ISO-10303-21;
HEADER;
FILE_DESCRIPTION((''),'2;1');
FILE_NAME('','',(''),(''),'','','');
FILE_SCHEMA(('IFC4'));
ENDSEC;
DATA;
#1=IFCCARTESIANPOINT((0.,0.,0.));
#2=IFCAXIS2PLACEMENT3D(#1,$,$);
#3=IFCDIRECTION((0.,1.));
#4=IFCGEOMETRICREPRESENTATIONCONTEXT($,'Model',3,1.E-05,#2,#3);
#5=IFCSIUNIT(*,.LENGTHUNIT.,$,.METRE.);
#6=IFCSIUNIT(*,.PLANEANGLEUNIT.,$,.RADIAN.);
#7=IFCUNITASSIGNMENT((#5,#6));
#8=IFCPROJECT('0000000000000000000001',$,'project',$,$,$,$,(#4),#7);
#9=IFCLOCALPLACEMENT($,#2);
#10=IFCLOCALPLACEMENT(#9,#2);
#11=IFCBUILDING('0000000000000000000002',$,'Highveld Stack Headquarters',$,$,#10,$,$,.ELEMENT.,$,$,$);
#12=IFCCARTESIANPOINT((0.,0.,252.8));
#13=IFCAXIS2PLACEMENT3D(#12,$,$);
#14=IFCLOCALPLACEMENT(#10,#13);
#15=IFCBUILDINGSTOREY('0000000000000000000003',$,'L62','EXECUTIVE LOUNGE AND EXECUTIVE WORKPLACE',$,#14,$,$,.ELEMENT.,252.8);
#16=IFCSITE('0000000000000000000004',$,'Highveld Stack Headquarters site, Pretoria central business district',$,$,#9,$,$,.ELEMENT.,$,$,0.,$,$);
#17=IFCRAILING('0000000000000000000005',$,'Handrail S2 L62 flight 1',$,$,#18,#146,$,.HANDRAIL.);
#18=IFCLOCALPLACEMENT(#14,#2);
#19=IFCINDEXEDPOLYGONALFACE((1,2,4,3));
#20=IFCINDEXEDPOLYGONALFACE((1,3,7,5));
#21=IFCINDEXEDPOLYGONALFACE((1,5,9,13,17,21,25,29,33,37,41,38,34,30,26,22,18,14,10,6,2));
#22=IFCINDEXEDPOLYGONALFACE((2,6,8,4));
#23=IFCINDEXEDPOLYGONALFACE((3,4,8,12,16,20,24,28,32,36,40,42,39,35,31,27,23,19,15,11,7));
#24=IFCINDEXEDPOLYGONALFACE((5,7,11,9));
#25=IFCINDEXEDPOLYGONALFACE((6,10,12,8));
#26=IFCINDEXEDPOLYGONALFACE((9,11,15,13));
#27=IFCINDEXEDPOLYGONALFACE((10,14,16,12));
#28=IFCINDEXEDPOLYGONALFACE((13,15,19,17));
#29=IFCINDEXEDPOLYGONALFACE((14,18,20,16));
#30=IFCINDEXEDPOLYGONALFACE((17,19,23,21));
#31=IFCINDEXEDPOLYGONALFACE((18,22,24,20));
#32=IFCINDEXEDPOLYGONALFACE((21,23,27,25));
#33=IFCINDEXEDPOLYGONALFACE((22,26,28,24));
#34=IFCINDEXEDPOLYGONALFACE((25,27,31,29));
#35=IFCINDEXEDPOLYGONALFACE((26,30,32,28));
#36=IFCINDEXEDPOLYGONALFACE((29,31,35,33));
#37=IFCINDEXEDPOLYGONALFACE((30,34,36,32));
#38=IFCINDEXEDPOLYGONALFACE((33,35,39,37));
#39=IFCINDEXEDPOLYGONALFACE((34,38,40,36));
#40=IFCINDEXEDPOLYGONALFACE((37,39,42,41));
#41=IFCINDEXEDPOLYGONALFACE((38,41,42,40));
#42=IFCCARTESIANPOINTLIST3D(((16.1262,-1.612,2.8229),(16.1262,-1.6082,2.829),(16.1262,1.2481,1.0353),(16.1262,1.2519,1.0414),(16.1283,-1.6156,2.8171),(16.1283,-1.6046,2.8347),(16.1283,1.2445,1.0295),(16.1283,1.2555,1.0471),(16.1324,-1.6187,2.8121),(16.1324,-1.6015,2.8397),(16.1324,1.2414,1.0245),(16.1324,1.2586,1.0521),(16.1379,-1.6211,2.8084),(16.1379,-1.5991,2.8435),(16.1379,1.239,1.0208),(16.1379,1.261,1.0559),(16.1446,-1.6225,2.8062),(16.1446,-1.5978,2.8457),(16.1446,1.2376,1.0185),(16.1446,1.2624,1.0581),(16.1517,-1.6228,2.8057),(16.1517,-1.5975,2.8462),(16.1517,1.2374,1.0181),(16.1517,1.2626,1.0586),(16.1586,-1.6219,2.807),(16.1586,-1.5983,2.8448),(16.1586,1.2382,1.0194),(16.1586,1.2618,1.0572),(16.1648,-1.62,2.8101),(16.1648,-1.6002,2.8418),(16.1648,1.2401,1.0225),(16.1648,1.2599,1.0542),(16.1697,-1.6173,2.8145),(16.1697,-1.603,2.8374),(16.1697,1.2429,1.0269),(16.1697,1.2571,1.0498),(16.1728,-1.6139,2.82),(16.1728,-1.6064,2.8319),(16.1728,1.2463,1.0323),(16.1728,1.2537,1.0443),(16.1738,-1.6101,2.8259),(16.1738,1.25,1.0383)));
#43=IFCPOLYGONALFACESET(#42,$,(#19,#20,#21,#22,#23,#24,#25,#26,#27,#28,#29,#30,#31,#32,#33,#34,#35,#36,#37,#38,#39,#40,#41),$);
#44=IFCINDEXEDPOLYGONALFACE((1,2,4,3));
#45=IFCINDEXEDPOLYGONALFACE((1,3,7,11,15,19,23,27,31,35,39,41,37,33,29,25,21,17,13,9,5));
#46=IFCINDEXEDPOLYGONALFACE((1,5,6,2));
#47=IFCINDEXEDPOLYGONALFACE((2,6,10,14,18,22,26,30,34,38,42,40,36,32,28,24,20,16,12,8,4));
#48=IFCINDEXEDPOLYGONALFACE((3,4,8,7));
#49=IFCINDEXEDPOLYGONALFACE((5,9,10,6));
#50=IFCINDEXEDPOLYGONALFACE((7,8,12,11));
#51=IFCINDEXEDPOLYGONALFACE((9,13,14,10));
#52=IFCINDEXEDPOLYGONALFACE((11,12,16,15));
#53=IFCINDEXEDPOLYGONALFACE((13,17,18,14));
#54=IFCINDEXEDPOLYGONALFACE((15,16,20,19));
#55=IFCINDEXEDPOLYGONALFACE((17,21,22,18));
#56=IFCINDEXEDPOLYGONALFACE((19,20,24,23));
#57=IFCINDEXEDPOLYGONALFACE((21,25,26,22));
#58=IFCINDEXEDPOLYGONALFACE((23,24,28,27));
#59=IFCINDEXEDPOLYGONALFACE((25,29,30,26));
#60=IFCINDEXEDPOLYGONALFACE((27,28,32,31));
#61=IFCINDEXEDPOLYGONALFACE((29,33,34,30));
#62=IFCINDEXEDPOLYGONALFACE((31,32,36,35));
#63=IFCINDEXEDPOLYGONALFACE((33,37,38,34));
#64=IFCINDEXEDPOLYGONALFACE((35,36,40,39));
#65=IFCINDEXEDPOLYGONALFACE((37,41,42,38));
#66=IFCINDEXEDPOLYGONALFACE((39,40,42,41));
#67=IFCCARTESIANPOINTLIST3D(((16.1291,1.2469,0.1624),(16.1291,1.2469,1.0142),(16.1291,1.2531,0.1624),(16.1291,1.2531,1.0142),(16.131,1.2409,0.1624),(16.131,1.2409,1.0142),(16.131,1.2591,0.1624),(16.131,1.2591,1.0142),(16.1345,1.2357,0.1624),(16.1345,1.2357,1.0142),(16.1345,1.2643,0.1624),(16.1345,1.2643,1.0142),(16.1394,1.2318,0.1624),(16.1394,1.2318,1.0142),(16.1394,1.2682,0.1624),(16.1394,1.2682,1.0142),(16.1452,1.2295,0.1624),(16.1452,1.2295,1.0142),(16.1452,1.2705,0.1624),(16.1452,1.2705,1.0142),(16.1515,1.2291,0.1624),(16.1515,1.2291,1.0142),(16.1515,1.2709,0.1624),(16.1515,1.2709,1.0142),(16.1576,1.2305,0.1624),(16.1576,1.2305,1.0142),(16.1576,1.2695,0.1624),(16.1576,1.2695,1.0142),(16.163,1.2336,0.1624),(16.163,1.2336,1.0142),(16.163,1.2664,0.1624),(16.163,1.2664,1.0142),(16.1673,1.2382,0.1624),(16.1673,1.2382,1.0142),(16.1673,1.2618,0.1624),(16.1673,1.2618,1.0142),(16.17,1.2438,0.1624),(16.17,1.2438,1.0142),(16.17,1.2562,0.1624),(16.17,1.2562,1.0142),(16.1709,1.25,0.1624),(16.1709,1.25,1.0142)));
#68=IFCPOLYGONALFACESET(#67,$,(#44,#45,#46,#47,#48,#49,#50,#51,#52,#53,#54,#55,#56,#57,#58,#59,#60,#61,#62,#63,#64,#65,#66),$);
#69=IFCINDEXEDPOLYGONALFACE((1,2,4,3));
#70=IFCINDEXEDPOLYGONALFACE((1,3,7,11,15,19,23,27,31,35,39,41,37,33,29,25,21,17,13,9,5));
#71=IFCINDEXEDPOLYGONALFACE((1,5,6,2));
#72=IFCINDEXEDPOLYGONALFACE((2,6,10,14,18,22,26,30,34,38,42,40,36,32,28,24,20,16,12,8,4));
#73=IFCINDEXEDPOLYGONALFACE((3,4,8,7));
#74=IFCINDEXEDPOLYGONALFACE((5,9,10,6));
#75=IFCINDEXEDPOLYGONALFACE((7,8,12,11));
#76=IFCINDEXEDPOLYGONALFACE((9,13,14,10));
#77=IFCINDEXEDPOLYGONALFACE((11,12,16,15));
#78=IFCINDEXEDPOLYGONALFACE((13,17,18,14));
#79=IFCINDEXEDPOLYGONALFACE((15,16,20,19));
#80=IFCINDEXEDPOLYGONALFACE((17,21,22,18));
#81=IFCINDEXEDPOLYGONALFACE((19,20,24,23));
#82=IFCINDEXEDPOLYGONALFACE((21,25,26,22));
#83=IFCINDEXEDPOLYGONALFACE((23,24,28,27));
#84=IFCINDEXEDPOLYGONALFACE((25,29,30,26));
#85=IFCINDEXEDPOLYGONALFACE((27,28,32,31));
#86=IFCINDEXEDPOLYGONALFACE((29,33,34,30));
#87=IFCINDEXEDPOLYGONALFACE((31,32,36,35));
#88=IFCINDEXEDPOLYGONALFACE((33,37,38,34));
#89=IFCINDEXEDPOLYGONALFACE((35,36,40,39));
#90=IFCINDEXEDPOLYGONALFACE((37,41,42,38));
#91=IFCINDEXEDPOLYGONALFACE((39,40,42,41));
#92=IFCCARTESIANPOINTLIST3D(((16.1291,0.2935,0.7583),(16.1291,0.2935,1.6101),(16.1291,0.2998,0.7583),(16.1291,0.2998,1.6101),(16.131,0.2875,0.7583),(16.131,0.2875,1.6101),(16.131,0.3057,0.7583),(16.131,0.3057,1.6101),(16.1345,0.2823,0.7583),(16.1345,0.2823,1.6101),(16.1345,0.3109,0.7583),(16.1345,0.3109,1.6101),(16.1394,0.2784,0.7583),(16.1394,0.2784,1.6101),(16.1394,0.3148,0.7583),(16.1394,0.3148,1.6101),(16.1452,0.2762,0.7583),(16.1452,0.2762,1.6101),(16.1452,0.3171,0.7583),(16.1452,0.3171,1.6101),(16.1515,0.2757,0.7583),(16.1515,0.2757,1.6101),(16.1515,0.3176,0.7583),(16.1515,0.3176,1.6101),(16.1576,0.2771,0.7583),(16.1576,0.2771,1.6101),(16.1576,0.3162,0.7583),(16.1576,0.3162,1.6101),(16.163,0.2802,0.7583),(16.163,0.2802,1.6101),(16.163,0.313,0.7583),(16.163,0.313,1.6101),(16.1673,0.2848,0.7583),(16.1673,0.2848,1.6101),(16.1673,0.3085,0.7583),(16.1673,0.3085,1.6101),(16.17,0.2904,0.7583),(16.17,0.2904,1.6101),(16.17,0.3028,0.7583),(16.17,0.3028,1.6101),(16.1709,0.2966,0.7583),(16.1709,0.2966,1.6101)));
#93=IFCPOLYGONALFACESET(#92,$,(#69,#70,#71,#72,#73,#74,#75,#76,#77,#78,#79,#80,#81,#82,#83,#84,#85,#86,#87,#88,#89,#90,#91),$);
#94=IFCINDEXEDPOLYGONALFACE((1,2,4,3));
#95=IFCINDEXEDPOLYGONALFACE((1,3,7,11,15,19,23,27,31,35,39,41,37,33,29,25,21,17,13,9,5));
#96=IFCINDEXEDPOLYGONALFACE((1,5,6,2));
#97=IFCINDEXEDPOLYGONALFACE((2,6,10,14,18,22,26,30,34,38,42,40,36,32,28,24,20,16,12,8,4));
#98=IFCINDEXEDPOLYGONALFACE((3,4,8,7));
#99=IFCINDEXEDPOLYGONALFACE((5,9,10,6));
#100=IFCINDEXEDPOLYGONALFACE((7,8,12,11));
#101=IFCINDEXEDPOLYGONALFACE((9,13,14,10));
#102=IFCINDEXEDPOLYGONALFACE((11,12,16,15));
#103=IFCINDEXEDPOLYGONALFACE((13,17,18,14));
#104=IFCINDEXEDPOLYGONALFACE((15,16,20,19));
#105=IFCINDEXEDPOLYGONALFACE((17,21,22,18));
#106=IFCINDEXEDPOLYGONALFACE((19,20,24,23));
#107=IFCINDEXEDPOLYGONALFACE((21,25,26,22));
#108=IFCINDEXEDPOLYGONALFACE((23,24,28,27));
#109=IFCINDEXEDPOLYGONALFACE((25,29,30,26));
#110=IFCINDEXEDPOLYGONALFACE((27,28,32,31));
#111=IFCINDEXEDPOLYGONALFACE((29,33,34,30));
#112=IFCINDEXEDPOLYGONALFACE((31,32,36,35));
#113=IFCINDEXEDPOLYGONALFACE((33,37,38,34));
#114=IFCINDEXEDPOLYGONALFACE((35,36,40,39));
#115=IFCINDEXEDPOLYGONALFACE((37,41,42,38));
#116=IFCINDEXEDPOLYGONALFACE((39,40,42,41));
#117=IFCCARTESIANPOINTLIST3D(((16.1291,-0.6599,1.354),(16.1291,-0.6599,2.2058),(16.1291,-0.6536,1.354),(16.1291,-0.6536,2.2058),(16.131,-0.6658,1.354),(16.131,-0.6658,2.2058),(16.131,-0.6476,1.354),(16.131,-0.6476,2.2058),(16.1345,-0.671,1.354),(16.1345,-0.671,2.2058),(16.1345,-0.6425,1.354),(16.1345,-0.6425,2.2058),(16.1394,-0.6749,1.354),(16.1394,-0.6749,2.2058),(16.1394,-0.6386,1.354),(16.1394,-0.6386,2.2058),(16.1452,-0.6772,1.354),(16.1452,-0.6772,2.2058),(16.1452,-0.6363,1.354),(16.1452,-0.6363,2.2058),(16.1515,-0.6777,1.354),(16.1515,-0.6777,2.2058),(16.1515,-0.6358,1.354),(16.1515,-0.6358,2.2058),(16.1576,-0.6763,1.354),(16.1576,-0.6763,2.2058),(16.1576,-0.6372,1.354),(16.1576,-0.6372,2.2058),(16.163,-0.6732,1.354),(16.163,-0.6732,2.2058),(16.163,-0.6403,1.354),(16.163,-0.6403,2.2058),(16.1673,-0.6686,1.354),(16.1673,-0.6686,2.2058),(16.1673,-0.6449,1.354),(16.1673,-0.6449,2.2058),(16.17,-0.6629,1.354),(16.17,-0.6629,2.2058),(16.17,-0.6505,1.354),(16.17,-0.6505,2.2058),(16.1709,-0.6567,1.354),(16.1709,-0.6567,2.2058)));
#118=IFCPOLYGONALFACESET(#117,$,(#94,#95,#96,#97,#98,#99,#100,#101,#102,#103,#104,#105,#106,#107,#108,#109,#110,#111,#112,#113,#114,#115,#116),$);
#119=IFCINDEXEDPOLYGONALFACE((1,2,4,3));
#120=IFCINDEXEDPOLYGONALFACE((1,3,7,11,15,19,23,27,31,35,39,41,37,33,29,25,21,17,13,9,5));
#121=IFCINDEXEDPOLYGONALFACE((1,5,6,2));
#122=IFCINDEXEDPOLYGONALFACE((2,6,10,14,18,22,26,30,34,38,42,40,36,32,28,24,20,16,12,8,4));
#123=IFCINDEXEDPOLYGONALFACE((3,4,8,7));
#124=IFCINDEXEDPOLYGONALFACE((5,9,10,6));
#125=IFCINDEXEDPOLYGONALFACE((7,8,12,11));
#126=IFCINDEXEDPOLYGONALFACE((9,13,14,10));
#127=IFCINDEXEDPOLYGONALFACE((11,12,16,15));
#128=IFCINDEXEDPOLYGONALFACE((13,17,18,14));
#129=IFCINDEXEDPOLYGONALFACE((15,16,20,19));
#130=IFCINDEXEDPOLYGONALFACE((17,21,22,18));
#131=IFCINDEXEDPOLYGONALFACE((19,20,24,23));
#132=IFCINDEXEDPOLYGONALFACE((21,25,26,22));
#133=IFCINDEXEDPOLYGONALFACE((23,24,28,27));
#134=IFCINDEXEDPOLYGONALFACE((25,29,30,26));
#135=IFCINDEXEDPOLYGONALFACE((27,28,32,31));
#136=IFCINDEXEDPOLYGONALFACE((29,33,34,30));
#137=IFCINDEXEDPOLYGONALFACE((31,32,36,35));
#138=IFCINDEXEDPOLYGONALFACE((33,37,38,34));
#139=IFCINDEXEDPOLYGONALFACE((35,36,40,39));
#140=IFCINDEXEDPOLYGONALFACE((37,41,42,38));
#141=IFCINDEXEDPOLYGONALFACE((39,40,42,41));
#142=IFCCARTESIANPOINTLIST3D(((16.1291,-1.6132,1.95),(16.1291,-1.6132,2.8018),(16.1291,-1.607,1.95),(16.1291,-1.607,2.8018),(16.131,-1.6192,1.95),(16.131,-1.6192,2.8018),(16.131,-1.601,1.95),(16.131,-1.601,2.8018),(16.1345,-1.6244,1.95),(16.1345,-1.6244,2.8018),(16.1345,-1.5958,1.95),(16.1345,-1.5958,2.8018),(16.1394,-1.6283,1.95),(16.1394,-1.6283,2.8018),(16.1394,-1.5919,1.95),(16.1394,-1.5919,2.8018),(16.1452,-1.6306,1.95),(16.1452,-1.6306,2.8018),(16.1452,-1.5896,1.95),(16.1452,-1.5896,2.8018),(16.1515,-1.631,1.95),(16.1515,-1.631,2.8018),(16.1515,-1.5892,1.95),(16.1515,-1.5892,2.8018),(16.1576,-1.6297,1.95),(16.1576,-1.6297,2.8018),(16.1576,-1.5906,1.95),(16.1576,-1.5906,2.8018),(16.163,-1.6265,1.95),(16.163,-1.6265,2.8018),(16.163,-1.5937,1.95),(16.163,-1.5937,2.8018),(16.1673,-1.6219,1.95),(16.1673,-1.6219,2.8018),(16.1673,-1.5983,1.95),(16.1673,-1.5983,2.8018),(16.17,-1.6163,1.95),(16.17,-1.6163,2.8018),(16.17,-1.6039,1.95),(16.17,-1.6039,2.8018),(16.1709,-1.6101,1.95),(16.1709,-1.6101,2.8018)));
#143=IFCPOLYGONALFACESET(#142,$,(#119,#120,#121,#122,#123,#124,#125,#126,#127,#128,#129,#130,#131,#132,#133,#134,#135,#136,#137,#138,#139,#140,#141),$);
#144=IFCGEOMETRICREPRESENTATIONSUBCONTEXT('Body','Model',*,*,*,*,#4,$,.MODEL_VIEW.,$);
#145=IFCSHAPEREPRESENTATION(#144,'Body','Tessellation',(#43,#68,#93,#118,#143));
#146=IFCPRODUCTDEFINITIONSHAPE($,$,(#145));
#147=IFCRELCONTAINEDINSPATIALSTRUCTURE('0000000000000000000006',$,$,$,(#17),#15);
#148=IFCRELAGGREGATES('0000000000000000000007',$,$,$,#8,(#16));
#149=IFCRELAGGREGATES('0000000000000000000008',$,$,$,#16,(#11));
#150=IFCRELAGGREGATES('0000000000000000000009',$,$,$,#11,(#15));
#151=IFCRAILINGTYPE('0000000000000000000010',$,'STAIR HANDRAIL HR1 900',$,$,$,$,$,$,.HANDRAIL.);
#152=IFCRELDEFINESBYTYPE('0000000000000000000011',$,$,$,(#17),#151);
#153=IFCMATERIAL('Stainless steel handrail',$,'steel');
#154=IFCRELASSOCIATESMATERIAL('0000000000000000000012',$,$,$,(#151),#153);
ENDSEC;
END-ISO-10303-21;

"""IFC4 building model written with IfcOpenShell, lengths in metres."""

from ifc_helpers import new_model, si_unit, direction, frame, origin, origin_2d, place, context, subcontext, project, spatial, circle, extrude, material, type_object, element, save


model = new_model("IFC4")

# Units and contexts
model_context = context("Model", 3, precision=1e-05, world=origin(), true_north=direction((0.0, 1.0)))
body_context = subcontext(model_context, "Body", "Model", "MODEL_VIEW")
ifc_project = project(units=[si_unit("LENGTHUNIT", "METRE"), si_unit("PLANEANGLEUNIT", "RADIAN")], contexts=[model_context])

# Site, building, storey
site_placement = place(None, origin())
site = spatial("IfcSite", under=ifc_project, at=site_placement, Name="Highveld Stack Headquarters site, Pretoria central business district", CompositionType="ELEMENT", RefElevation=0.0)
building_placement = place(site_placement, origin())
building = spatial("IfcBuilding", under=site, at=building_placement, Name="Highveld Stack Headquarters", CompositionType="ELEMENT")
storey_placement = place(building_placement, frame((0.0, 0.0, 252.8)))
storey = spatial("IfcBuildingStorey", under=building, at=storey_placement, Name="L62", Description="EXECUTIVE LOUNGE AND EXECUTIVE WORKPLACE", CompositionType="ELEMENT", Elevation=252.8)

# Railing
ifc_material_1 = material(Name="Stainless steel handrail", Category="steel")
railing_type = type_object("IfcRailingType", Name="STAIR HANDRAIL HR1 900", PredefinedType="HANDRAIL", material=ifc_material_1)
for number, where, name in (
    (1, (16.1499, 1.25, 0.1624), "Handrail S2 L62 flight 1"),
):
    element("IfcRailing", number, at=place(storey_placement, frame(where)), inside=storey, type_object=railing_type, Name=name, PredefinedType="HANDRAIL", context=body_context, shape_type="SweptSolid", body=[
        extrude(circle(Radius=0.0239, at=origin_2d()), frame((0.0, 0.0, 0.876), z_axis=(0.0, -0.847994, 0.530005), x_axis=(1.0, 0.0, 0.0)), (0.0, 0.0, 1.0), 3.3728),
        extrude(circle(Radius=0.021, at=origin_2d()), origin(), (0.0, 0.0, 1.0), 0.8518),
        extrude(circle(Radius=0.021, at=origin_2d()), frame((0.0, -0.9534, 0.5959)), (0.0, 0.0, 1.0), 0.8518),
        extrude(circle(Radius=0.021, at=origin_2d()), frame((0.0, -1.9067, 1.1917)), (0.0, 0.0, 1.0), 0.8518),
        extrude(circle(Radius=0.021, at=origin_2d()), frame((0.0, -2.8601, 1.7876)), (0.0, 0.0, 1.0), 0.8518),
    ])

save(model, "model.ifc")
